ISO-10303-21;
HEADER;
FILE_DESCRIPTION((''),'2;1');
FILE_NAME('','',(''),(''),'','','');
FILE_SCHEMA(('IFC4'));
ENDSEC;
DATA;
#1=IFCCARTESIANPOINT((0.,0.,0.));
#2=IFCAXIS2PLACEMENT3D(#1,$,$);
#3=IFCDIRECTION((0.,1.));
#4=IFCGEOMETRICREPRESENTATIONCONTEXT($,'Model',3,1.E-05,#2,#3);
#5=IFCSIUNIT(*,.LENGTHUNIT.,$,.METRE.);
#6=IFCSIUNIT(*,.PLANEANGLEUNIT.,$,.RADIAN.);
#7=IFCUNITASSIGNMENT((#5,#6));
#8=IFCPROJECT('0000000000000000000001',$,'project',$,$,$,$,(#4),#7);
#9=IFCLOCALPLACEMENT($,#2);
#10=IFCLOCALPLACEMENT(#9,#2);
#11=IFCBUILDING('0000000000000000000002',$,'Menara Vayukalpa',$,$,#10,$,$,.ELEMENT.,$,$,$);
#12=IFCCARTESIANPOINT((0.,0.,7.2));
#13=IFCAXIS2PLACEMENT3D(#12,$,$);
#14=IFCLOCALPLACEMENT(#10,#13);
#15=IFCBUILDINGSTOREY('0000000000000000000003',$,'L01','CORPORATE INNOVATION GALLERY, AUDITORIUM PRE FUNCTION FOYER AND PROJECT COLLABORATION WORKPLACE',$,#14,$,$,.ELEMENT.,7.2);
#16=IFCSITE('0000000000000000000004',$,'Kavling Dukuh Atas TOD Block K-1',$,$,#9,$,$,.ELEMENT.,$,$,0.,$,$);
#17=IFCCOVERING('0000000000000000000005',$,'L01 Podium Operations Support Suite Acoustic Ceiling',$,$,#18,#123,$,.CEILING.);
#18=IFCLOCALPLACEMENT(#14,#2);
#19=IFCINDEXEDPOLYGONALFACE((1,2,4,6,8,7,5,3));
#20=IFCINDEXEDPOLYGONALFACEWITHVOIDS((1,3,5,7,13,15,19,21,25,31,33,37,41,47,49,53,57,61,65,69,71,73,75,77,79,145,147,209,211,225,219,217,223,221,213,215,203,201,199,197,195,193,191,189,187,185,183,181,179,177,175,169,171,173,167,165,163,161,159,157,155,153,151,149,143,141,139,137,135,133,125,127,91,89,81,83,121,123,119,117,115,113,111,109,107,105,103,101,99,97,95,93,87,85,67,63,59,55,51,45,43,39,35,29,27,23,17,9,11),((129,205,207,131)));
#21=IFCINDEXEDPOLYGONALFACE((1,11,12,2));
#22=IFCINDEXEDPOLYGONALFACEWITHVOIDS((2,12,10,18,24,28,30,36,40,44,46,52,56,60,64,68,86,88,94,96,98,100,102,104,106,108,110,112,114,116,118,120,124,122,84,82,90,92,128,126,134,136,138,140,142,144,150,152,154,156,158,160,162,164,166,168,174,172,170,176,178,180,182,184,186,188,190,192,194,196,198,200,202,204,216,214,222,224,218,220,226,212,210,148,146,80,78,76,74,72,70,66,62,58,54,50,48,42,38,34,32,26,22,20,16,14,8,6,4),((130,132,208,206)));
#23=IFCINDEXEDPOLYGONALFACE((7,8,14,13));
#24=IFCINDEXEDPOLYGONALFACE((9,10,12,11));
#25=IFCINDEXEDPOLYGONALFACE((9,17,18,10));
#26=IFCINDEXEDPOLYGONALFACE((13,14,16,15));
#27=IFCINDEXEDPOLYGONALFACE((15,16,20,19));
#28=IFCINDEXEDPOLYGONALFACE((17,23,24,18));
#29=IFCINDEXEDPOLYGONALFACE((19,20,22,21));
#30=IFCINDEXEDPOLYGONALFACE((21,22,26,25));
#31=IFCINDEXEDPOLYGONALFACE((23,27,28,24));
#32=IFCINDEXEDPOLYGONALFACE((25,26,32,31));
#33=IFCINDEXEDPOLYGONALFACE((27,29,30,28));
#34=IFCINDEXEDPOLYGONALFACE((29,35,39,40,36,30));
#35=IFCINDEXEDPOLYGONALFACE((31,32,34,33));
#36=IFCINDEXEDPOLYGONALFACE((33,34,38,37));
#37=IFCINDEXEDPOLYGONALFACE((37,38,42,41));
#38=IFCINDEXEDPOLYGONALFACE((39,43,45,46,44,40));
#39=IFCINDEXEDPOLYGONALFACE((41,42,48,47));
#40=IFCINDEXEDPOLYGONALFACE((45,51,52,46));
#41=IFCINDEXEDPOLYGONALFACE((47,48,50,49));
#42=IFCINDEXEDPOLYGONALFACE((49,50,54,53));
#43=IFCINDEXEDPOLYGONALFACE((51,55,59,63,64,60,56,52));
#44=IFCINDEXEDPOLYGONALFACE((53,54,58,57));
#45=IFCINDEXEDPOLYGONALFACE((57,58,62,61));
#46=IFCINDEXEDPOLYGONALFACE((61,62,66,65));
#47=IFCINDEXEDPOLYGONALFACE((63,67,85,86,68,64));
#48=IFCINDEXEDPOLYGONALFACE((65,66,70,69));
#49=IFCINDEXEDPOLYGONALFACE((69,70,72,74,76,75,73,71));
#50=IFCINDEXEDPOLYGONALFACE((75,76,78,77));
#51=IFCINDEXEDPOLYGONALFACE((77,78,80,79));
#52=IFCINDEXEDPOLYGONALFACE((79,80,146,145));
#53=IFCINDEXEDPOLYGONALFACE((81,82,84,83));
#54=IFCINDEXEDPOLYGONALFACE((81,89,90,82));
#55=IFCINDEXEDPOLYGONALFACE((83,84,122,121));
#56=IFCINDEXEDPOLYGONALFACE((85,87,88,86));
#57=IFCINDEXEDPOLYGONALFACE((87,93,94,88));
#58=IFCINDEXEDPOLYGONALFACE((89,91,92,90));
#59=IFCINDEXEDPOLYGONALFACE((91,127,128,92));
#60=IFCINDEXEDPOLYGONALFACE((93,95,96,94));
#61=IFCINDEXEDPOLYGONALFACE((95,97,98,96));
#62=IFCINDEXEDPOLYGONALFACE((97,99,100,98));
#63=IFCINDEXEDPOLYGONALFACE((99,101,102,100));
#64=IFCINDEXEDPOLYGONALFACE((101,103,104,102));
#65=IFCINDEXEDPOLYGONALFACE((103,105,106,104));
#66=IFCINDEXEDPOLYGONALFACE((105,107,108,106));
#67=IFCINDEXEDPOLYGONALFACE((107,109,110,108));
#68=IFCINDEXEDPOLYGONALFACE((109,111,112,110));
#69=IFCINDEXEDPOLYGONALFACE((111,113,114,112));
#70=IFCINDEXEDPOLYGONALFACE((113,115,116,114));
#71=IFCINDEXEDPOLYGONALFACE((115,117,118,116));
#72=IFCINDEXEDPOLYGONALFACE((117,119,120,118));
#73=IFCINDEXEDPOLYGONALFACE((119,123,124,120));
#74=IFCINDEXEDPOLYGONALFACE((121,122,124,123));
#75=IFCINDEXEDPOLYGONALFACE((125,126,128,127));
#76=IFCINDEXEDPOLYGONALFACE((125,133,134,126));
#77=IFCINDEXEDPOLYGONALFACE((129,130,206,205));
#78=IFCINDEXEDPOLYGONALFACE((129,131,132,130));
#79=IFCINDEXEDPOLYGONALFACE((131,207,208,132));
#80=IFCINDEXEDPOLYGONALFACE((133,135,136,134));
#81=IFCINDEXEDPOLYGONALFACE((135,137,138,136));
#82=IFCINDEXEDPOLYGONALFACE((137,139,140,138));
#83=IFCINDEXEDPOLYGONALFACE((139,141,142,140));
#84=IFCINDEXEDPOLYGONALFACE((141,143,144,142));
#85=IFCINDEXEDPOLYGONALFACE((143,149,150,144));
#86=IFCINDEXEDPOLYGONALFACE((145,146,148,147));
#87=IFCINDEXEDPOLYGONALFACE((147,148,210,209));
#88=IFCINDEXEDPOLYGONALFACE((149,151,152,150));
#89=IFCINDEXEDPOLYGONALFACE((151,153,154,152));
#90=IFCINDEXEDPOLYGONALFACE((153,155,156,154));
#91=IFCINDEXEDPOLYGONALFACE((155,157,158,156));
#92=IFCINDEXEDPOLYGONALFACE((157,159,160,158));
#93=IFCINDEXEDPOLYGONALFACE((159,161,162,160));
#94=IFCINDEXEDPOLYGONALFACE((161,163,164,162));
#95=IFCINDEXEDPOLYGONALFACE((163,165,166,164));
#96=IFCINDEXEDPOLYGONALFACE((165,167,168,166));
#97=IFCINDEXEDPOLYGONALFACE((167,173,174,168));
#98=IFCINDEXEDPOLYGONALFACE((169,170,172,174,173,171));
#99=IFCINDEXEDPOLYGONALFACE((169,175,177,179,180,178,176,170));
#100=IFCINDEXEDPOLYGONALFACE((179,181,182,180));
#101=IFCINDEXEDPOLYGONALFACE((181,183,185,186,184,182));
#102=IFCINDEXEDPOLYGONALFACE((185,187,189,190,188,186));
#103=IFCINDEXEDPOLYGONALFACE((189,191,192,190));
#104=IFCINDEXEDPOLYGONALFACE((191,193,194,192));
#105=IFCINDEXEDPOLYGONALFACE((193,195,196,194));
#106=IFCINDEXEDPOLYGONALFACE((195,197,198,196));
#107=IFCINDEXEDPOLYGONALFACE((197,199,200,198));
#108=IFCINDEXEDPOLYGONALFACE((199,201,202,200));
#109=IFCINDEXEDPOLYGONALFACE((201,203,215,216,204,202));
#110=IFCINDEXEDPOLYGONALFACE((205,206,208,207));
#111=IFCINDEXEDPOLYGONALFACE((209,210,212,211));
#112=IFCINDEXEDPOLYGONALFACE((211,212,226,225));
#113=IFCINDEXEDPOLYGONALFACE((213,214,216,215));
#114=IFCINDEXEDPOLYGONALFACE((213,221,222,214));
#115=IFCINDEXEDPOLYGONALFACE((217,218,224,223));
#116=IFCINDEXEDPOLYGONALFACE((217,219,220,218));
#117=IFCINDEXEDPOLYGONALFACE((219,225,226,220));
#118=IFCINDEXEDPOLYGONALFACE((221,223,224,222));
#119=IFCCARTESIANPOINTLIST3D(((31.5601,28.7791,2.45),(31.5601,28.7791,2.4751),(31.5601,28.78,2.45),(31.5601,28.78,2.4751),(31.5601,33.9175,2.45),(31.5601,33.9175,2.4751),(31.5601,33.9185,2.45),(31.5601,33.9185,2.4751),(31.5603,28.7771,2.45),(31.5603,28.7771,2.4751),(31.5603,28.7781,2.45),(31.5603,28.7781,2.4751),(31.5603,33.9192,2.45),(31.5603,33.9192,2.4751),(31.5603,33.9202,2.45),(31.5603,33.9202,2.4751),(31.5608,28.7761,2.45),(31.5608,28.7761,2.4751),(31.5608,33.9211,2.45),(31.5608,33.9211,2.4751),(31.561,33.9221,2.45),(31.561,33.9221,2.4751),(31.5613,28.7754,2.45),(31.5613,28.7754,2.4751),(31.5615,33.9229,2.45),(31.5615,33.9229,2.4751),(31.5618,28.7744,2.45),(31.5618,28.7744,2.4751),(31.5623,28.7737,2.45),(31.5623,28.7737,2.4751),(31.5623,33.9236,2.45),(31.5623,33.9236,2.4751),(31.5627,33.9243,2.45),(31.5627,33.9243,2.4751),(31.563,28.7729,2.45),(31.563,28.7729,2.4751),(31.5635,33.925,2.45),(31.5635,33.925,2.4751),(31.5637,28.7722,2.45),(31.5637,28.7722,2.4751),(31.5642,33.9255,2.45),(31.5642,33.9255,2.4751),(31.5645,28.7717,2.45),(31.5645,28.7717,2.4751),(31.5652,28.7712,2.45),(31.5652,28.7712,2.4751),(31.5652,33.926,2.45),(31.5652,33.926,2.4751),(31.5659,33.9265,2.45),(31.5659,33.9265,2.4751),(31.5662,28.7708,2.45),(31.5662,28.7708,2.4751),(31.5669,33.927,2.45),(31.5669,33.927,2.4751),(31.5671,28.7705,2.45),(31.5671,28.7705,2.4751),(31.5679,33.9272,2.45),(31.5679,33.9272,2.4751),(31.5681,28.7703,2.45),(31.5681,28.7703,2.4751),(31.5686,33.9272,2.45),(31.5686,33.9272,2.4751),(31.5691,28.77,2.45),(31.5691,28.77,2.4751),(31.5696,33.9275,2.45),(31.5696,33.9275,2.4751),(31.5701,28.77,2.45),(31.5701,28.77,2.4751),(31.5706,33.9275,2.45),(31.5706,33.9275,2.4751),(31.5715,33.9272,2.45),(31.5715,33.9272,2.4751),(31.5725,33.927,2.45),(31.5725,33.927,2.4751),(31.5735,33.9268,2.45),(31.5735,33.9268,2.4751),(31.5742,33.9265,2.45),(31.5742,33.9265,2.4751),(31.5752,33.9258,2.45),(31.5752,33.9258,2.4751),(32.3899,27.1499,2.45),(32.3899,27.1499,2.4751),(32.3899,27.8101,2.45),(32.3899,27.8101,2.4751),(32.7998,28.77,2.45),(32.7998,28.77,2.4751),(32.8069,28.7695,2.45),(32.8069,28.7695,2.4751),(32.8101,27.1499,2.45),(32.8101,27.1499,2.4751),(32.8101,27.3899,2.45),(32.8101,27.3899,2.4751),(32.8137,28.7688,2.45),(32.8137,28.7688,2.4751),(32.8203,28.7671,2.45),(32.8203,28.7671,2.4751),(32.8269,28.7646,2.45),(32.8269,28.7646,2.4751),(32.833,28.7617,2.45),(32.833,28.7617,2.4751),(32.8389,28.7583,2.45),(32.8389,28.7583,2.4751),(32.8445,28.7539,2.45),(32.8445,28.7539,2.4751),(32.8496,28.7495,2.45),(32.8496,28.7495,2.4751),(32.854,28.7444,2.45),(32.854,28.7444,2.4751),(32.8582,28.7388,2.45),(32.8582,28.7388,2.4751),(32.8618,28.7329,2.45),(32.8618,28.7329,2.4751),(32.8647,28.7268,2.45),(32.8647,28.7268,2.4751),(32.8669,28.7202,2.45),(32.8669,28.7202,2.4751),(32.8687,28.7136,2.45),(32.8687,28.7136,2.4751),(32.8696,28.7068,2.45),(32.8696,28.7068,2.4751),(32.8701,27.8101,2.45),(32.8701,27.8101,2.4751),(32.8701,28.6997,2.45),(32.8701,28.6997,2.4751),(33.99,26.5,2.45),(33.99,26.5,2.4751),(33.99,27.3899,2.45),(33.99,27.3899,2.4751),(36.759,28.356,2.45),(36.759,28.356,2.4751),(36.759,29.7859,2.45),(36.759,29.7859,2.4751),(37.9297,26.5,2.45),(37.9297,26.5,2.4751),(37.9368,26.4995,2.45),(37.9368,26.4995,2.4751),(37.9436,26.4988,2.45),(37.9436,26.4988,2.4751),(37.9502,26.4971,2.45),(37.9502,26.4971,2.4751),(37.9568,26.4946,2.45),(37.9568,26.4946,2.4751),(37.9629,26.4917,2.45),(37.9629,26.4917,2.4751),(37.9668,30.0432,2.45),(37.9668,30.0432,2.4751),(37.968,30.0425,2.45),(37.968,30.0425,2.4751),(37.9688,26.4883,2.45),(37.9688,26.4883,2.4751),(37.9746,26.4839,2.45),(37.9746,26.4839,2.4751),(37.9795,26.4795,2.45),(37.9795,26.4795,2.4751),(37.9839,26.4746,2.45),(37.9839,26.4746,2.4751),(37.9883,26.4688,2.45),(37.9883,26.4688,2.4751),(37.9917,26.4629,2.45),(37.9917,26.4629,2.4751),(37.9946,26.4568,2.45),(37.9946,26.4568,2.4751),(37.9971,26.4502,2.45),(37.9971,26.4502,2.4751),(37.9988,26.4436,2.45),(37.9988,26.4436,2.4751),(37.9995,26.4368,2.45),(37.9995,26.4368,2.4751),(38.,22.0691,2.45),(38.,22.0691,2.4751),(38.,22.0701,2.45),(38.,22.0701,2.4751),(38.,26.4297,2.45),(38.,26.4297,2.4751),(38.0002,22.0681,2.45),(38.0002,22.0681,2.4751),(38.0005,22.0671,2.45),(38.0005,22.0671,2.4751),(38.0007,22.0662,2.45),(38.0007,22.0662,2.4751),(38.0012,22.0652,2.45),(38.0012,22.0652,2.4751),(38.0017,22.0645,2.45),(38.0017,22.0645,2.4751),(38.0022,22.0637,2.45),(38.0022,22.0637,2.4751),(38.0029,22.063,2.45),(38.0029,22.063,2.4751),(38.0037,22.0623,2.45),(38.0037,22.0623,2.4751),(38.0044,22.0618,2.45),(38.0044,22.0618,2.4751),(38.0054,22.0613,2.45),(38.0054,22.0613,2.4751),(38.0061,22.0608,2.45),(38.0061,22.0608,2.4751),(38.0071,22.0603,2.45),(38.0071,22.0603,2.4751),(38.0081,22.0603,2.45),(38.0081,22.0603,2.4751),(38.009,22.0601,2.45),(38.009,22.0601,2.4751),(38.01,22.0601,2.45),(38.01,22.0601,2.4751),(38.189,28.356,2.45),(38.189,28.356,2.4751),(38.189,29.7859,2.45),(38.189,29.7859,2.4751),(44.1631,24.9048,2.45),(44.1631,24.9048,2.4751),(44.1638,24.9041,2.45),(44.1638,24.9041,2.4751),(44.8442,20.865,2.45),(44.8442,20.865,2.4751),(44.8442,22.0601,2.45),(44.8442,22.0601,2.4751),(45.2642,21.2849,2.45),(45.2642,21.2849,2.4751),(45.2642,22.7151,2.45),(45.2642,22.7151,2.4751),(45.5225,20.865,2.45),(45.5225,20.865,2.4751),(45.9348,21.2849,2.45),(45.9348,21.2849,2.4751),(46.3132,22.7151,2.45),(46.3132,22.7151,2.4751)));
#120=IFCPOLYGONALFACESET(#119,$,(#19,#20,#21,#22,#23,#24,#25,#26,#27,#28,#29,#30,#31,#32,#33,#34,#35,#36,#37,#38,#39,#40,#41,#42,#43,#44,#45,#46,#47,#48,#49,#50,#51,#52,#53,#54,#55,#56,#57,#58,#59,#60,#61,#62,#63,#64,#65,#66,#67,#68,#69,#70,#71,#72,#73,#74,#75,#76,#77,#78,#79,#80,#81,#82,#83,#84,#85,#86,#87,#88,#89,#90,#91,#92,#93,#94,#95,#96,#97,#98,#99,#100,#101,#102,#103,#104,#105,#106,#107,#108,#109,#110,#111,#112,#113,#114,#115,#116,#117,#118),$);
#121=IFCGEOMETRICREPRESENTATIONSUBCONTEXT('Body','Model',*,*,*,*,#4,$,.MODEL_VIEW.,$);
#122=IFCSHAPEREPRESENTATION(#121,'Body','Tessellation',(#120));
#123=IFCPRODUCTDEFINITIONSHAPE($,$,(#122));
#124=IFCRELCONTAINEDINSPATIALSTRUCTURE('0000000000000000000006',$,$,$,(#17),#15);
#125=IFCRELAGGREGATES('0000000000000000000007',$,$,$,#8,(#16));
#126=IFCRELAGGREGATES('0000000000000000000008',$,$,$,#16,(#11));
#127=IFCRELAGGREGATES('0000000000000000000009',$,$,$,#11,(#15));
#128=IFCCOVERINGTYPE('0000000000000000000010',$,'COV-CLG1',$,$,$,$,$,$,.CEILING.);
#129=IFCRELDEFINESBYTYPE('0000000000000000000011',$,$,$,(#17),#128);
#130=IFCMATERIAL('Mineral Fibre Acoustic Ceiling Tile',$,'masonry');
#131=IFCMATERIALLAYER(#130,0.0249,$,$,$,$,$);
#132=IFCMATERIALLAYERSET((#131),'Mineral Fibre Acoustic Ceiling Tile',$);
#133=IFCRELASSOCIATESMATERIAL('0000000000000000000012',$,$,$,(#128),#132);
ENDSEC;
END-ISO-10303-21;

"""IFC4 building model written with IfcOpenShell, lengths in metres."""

from ifc_helpers import new_model, si_unit, direction, frame, origin, place, context, subcontext, project, spatial, polyline, outline, extrude, material, layer, layer_set, type_object, element, save


model = new_model("IFC4")

# Units and contexts
model_context = context("Model", 3, precision=1e-05, world=origin(), true_north=direction((0.0, 1.0)))
body_context = subcontext(model_context, "Body", "Model", "MODEL_VIEW")
ifc_project = project(units=[si_unit("LENGTHUNIT", "METRE"), si_unit("PLANEANGLEUNIT", "RADIAN")], contexts=[model_context])

# Site, building, storey
site_placement = place(None, origin())
site = spatial("IfcSite", under=ifc_project, at=site_placement, Name="Kavling Dukuh Atas TOD Block K-1", CompositionType="ELEMENT", RefElevation=0.0)
building_placement = place(site_placement, origin())
building = spatial("IfcBuilding", under=site, at=building_placement, Name="Menara Vayukalpa", CompositionType="ELEMENT")
storey_placement = place(building_placement, frame((0.0, 0.0, 7.2)))
storey = spatial("IfcBuildingStorey", under=building, at=storey_placement, Name="L01", Description="CORPORATE INNOVATION GALLERY, AUDITORIUM PRE FUNCTION FOYER AND PROJECT COLLABORATION WORKPLACE", CompositionType="ELEMENT", Elevation=7.2)

# Covering
ifc_material_1 = material(Name="Mineral Fibre Acoustic Ceiling Tile", Category="masonry")
ifc_layer_1 = layer(ifc_material_1, 0.0249)
ifc_layer_set_1 = layer_set([ifc_layer_1], Name="Mineral Fibre Acoustic Ceiling Tile")
covering_type_1 = type_object("IfcCoveringType", Name="COV-CLG1", PredefinedType="CEILING", material=ifc_layer_set_1)
covering_1_placement = place(storey_placement, frame((0.0, 0.0, 2.45)))
element("IfcCovering", 1, at=covering_1_placement, inside=storey, type_object=covering_type_1, Name="L01 Podium Operations Support Suite Acoustic Ceiling", PredefinedType="CEILING", context=body_context, shape_type="SweptSolid", body=[
    extrude(outline(polyline([(45.5225, 20.865), (44.8442, 20.865), (44.8442, 22.0601), (38.01, 22.0601), (38.009, 22.0601), (38.0081, 22.0603), (38.0071, 22.0603), (38.0061, 22.0608), (38.0054, 22.0613), (38.0044, 22.0618), (38.0037, 22.0623), (38.0029, 22.063), (38.0022, 22.0637), (38.0017, 22.0645), (38.0012, 22.0652), (38.0007, 22.0662), (38.0005, 22.0671), (38.0002, 22.0681), (38.0, 22.0691), (38.0, 22.0701), (38.0, 26.4297), (37.9995, 26.4368), (37.9988, 26.4436), (37.9971, 26.4502), (37.9946, 26.4568), (37.9917, 26.4629), (37.9883, 26.4688), (37.9839, 26.4746), (37.9795, 26.4795), (37.9746, 26.4839), (37.9688, 26.4883), (37.9629, 26.4917), (37.9568, 26.4946), (37.9502, 26.4971), (37.9436, 26.4988), (37.9368, 26.4995), (37.9297, 26.5), (33.99, 26.5), (33.99, 27.3899), (32.8101, 27.3899), (32.8101, 27.1499), (32.3899, 27.1499), (32.3899, 27.8101), (32.8701, 27.8101), (32.8701, 28.6997), (32.8696, 28.7068), (32.8687, 28.7136), (32.8669, 28.7202), (32.8647, 28.7268), (32.8618, 28.7329), (32.8582, 28.7388), (32.854, 28.7444), (32.8496, 28.7495), (32.8445, 28.7539), (32.8389, 28.7583), (32.833, 28.7617), (32.8269, 28.7646), (32.8203, 28.7671), (32.8137, 28.7688), (32.8069, 28.7695), (32.7998, 28.77), (31.5701, 28.77), (31.5691, 28.77), (31.5681, 28.7703), (31.5671, 28.7705), (31.5662, 28.7708), (31.5652, 28.7712), (31.5645, 28.7717), (31.5637, 28.7722), (31.563, 28.7729), (31.5623, 28.7737), (31.5618, 28.7744), (31.5613, 28.7754), (31.5608, 28.7761), (31.5603, 28.7771), (31.5603, 28.7781), (31.5601, 28.7791), (31.5601, 28.78), (31.5601, 33.9175), (31.5601, 33.9185), (31.5603, 33.9192), (31.5603, 33.9202), (31.5608, 33.9211), (31.561, 33.9221), (31.5615, 33.9229), (31.5623, 33.9236), (31.5627, 33.9243), (31.5635, 33.925), (31.5642, 33.9255), (31.5652, 33.926), (31.5659, 33.9265), (31.5669, 33.927), (31.5679, 33.9272), (31.5686, 33.9272), (31.5696, 33.9275), (31.5706, 33.9275), (31.5715, 33.9272), (31.5725, 33.927), (31.5735, 33.9268), (31.5742, 33.9265), (31.5752, 33.9258), (37.9668, 30.0432), (37.968, 30.0425), (44.1631, 24.9048), (44.1638, 24.9041), (46.3132, 22.7151), (45.2642, 22.7151), (45.2642, 21.2849), (45.9348, 21.2849), (45.5225, 20.865)]), holes=[polyline([(38.189, 28.356), (38.189, 29.7859), (36.759, 29.7859), (36.759, 28.356), (38.189, 28.356)])]), origin(), (0.0, 0.0, 1.0), 0.0251),
])

save(model, "model.ifc")
